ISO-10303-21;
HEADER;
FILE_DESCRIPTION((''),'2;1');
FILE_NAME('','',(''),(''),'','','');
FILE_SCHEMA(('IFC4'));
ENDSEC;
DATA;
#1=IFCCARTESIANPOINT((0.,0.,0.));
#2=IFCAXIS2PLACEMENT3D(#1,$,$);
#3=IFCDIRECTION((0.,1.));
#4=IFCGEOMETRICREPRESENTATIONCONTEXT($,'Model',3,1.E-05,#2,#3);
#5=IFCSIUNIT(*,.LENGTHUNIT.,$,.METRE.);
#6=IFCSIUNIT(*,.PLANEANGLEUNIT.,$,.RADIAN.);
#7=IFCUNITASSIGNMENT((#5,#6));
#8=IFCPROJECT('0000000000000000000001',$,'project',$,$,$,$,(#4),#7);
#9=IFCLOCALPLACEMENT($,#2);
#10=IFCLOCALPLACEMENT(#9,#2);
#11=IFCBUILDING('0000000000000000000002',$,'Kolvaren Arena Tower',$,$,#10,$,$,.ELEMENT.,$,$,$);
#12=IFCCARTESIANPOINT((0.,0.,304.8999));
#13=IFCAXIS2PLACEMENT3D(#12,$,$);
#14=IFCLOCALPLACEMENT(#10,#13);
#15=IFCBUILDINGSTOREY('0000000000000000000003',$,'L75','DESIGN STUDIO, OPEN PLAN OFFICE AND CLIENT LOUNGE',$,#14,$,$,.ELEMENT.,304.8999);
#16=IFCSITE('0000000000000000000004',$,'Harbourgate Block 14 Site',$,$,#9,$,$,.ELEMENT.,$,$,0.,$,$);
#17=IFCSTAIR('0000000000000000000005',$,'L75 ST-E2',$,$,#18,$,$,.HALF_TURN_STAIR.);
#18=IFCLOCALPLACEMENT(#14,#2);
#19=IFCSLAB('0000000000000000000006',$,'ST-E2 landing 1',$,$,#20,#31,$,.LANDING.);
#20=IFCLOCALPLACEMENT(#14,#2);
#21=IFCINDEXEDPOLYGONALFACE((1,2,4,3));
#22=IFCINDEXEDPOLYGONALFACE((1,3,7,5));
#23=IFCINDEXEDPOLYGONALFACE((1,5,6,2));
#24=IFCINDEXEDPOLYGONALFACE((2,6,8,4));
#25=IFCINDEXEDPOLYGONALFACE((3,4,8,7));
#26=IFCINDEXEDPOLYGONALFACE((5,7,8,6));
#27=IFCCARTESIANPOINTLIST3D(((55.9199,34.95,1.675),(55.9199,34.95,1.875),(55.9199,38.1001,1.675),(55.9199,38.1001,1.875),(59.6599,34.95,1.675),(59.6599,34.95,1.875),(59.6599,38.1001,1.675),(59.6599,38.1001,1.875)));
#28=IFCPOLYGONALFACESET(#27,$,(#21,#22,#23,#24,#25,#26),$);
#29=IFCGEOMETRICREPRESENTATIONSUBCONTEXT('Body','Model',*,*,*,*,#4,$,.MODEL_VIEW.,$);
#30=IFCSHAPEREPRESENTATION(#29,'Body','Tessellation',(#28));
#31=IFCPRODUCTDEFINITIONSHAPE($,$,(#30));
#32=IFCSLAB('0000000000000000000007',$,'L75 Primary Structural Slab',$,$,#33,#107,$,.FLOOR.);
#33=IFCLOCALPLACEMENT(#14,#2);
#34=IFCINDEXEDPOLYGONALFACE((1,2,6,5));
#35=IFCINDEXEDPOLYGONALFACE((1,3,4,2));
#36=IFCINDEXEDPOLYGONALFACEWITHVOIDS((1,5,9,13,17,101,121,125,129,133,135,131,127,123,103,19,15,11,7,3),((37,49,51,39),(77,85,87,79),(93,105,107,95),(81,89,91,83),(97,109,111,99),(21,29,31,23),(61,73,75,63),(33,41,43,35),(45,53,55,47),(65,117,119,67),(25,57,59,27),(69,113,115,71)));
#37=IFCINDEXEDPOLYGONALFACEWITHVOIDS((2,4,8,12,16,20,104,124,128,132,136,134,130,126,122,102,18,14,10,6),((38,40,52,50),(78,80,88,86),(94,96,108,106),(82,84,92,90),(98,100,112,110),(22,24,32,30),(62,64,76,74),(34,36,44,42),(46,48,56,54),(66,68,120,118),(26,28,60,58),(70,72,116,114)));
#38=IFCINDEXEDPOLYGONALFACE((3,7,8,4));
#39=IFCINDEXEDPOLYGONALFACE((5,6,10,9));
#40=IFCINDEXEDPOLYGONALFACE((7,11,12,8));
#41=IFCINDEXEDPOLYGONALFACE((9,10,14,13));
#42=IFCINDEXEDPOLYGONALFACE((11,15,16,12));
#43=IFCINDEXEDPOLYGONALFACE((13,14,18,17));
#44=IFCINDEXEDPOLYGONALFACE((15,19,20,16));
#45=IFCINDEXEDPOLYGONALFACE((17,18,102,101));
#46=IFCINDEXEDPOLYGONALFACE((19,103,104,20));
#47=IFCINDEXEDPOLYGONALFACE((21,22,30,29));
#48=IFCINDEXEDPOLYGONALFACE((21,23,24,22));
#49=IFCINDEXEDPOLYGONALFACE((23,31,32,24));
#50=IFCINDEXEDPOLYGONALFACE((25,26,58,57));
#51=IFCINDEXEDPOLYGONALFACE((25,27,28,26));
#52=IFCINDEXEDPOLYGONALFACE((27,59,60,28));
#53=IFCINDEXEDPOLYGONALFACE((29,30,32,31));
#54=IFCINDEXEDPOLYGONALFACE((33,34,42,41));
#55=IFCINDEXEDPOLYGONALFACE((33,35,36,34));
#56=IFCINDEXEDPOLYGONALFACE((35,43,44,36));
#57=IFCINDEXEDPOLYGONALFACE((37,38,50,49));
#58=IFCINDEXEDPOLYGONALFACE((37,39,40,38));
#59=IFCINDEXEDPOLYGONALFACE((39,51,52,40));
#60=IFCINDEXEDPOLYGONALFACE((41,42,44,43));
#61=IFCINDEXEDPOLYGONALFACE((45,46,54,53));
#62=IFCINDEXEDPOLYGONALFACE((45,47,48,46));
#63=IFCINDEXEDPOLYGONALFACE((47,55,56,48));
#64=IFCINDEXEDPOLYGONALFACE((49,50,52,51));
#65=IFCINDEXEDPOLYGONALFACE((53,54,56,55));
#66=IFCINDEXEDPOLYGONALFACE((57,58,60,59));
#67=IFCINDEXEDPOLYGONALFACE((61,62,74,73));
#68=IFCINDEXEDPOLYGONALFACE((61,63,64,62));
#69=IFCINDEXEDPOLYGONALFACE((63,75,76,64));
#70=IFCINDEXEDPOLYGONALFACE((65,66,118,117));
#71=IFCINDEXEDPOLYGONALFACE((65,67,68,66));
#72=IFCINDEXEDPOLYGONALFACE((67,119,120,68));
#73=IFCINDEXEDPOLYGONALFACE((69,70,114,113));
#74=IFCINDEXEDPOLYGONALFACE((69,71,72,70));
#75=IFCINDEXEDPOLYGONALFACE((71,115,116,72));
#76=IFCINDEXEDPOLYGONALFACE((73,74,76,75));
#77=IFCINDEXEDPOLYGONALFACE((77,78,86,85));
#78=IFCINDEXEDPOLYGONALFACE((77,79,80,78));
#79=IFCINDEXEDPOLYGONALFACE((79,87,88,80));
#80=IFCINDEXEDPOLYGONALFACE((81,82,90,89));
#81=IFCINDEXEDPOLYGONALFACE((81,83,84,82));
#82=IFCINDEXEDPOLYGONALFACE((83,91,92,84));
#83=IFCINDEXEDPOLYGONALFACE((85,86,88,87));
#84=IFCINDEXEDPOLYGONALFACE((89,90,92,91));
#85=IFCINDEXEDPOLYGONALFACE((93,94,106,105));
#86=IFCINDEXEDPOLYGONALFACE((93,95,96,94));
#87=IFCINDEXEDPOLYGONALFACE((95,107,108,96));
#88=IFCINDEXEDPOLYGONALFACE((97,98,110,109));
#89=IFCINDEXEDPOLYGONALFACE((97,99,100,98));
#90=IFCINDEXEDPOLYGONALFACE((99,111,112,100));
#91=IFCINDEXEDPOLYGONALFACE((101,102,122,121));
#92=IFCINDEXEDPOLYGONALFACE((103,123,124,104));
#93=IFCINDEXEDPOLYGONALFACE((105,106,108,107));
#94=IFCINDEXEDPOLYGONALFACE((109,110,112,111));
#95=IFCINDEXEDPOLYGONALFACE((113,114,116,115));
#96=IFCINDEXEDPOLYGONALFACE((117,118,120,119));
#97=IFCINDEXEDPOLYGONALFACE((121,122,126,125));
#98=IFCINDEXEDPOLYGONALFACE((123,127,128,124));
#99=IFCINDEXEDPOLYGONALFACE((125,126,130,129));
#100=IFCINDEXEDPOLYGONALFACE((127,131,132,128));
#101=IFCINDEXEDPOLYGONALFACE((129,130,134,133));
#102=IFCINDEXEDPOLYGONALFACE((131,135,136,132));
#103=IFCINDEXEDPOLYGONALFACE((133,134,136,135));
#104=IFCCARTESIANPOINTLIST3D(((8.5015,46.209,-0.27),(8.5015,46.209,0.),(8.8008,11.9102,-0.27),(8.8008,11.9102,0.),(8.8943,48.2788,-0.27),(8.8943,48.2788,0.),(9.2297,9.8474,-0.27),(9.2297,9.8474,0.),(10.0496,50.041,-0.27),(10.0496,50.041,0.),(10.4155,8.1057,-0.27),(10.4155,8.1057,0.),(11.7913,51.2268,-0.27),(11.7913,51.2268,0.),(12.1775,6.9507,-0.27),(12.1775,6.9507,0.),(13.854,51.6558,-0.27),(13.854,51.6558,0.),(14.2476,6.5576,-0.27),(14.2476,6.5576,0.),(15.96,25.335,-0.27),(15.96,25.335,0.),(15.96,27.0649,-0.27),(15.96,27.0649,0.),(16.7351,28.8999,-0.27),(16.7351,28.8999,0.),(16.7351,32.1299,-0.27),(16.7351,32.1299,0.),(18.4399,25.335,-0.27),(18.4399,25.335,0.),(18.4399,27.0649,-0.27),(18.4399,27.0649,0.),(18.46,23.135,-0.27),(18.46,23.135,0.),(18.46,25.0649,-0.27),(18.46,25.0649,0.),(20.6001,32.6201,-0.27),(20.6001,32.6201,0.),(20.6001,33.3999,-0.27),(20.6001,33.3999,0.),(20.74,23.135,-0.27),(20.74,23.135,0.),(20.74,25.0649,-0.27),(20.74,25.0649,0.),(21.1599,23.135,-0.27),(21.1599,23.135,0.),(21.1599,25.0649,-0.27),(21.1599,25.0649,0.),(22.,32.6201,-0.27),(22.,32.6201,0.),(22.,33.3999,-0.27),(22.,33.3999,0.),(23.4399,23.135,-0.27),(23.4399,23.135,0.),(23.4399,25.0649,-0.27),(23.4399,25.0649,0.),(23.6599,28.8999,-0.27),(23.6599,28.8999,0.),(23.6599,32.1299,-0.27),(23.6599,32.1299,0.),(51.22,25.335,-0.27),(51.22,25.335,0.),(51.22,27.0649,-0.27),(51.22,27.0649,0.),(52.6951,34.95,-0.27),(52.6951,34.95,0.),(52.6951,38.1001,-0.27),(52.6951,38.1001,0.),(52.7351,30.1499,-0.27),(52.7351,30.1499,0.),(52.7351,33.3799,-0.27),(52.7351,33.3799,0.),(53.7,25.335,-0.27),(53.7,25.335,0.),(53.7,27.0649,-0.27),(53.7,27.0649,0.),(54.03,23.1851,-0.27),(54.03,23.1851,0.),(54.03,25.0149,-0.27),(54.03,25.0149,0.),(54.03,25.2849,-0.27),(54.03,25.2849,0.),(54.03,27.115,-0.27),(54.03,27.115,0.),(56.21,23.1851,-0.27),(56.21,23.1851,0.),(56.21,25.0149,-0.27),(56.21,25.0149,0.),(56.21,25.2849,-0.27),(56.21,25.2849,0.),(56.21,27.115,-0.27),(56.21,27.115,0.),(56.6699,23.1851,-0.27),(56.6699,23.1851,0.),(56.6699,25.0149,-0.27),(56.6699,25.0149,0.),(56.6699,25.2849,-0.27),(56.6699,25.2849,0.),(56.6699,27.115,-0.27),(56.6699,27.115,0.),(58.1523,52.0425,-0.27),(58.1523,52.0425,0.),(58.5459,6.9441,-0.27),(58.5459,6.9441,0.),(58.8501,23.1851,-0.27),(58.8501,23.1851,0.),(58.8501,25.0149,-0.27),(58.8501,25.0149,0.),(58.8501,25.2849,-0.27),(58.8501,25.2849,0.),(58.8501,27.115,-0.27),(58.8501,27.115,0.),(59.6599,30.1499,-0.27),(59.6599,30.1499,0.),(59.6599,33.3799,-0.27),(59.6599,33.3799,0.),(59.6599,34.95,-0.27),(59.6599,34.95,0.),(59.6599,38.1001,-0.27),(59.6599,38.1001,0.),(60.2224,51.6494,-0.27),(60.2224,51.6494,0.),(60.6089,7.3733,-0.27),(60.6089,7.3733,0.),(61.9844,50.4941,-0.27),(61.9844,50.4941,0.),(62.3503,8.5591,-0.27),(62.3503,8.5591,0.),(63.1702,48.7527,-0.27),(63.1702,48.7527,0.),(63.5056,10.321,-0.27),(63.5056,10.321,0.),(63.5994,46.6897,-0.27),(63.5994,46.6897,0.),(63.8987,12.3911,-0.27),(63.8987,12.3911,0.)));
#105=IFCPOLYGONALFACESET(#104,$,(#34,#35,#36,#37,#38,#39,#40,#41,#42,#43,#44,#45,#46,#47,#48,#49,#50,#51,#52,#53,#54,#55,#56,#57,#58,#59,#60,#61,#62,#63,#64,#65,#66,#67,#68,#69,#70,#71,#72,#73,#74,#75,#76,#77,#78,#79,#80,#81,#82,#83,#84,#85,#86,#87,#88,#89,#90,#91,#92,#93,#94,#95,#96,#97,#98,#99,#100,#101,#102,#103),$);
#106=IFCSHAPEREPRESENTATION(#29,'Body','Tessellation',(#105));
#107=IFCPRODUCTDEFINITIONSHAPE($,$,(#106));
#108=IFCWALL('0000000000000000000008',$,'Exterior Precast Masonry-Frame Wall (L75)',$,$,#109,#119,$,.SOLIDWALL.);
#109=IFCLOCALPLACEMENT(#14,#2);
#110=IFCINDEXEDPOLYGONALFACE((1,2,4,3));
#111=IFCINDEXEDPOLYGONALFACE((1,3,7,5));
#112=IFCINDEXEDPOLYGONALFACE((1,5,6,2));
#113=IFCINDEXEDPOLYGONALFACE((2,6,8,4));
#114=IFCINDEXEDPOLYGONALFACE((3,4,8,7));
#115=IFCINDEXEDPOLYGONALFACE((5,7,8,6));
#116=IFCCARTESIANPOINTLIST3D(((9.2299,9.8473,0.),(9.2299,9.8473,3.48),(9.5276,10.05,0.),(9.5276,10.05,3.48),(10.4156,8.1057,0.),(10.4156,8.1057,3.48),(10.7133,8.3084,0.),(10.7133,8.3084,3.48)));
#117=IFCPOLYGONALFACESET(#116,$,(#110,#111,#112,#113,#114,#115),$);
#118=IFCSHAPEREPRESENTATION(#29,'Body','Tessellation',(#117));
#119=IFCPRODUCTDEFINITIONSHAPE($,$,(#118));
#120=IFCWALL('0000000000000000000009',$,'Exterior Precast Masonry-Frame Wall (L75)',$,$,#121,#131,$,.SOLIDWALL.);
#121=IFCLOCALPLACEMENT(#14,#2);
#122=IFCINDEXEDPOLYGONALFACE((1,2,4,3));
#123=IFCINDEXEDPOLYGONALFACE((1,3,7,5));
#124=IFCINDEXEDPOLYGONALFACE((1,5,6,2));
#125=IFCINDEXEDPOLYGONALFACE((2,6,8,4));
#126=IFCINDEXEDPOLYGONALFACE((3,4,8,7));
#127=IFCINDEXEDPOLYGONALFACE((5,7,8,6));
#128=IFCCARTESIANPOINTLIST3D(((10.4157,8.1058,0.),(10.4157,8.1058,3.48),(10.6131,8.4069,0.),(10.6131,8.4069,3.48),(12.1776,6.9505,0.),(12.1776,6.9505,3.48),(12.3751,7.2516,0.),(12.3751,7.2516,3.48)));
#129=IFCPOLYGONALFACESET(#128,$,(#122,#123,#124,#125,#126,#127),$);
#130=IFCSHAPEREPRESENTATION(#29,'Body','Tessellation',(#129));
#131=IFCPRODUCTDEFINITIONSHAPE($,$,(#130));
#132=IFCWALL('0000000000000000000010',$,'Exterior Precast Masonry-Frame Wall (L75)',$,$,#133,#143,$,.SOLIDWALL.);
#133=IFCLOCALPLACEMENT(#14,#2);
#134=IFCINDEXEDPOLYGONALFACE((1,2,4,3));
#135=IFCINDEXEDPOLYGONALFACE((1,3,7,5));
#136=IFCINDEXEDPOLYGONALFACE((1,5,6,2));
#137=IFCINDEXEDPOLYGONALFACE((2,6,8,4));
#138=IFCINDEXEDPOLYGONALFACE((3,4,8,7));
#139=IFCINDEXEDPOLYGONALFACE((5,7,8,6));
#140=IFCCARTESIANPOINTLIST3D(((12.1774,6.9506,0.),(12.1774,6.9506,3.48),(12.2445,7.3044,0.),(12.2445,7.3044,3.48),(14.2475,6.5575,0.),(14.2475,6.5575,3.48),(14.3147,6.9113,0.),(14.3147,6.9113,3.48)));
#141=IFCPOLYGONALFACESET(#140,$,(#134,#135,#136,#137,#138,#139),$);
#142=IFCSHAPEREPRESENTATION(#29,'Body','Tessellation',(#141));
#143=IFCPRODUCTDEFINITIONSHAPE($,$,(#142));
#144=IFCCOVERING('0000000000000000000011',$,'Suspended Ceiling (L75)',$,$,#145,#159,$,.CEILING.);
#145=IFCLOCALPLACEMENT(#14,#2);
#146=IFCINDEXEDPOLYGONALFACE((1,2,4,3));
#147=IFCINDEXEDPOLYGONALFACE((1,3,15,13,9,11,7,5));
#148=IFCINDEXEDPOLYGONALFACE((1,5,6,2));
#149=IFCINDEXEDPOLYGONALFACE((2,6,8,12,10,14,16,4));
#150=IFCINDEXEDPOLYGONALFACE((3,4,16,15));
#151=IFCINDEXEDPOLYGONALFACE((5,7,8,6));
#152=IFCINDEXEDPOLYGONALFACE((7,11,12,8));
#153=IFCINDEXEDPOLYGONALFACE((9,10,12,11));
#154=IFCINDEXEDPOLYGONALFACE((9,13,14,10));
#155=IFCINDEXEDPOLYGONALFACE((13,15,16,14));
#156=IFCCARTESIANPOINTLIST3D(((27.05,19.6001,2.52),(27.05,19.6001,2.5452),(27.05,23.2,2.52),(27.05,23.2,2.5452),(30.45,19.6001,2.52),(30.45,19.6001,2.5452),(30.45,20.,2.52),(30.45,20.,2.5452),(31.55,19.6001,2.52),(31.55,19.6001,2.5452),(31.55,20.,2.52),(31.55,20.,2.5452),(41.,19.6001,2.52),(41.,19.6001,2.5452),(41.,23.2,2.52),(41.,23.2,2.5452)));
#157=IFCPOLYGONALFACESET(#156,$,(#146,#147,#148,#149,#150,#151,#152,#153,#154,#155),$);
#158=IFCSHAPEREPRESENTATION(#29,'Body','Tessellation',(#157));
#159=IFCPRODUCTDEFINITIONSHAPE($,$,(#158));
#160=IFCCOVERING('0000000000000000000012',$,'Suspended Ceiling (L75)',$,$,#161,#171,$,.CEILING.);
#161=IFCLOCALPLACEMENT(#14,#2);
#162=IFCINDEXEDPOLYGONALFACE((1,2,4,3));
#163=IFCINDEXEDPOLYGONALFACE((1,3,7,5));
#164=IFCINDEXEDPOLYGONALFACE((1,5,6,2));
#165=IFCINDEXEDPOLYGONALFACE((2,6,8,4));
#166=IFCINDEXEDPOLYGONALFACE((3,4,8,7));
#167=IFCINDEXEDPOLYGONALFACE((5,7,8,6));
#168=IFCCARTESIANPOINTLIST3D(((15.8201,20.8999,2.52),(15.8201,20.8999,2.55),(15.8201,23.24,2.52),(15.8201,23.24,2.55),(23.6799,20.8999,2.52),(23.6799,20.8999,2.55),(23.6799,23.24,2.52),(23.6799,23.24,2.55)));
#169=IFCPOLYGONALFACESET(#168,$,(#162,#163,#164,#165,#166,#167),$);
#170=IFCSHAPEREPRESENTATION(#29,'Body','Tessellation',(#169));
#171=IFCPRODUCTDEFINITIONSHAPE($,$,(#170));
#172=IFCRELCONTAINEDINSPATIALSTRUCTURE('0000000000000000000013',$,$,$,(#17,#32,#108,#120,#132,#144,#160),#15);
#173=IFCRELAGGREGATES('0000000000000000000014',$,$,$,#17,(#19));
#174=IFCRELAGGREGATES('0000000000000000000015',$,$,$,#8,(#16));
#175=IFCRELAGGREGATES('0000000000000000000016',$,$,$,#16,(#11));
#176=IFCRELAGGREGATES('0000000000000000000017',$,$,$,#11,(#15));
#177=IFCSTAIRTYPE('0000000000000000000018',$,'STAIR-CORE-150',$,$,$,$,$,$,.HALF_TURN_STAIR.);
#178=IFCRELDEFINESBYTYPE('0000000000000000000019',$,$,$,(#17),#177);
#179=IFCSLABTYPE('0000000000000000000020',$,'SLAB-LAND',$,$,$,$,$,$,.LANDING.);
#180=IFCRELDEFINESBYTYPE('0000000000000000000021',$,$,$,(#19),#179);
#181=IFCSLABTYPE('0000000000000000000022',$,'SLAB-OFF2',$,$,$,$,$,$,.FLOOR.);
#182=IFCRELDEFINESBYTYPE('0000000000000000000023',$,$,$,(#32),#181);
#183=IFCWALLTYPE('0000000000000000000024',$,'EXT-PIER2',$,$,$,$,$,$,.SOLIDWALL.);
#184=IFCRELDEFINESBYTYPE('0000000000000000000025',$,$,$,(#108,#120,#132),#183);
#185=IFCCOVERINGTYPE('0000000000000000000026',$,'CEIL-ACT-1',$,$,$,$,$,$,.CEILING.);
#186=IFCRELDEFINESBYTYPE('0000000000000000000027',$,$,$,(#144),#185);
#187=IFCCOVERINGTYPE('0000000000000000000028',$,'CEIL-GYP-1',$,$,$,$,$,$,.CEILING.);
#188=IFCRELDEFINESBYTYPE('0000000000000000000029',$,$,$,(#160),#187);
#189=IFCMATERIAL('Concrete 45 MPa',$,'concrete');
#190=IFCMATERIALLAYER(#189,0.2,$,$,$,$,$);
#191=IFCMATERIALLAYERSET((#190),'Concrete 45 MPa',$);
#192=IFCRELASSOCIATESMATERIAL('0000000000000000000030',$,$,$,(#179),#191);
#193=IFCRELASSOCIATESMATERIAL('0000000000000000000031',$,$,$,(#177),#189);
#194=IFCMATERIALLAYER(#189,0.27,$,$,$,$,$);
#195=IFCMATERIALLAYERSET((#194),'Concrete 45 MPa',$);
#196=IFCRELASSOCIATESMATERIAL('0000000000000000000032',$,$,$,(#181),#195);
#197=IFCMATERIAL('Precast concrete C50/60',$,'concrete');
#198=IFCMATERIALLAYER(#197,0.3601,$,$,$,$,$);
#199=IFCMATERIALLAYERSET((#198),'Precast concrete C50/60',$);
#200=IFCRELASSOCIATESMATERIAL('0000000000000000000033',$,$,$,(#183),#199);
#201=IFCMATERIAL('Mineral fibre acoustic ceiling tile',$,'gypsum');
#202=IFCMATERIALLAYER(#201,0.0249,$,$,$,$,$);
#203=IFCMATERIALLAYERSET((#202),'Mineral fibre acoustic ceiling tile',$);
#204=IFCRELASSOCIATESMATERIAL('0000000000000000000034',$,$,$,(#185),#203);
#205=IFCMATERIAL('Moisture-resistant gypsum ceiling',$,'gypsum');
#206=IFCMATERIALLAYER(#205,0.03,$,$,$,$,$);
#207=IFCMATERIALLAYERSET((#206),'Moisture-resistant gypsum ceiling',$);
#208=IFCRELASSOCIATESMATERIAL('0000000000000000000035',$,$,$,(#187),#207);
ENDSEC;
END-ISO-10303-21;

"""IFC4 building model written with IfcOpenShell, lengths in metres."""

from ifc_helpers import new_model, si_unit, direction, frame, frame_2d, origin, place, context, subcontext, project, spatial, polyline, rectangle, outline, extrude, material, layer, layer_set, type_object, element, aggregate, save


model = new_model("IFC4")

# Units and contexts
model_context = context("Model", 3, precision=1e-05, world=origin(), true_north=direction((0.0, 1.0)))
body_context = subcontext(model_context, "Body", "Model", "MODEL_VIEW")
ifc_project = project(units=[si_unit("LENGTHUNIT", "METRE"), si_unit("PLANEANGLEUNIT", "RADIAN")], contexts=[model_context])

# Site, building, storey
site_placement = place(None, origin())
site = spatial("IfcSite", under=ifc_project, at=site_placement, Name="Harbourgate Block 14 Site", CompositionType="ELEMENT", RefElevation=0.0)
building_placement = place(site_placement, origin())
building = spatial("IfcBuilding", under=site, at=building_placement, Name="Kolvaren Arena Tower", CompositionType="ELEMENT")
storey_placement = place(building_placement, frame((0.0, 0.0, 304.8999)))
storey = spatial("IfcBuildingStorey", under=building, at=storey_placement, Name="L75", Description="DESIGN STUDIO, OPEN PLAN OFFICE AND CLIENT LOUNGE", CompositionType="ELEMENT", Elevation=304.8999)

# Shared definitions
ifc_material_1 = material(Name="Precast concrete C50/60", Category="concrete")

# Stair, slab
ifc_material_2 = material(Name="Concrete 45 MPa", Category="concrete")
ifc_layer_1 = layer(ifc_material_2, 0.2)
ifc_layer_set_1 = layer_set([ifc_layer_1], Name="Concrete 45 MPa")
slab_type_1 = type_object("IfcSlabType", Name="SLAB-LAND", PredefinedType="LANDING", material=ifc_layer_set_1)
stair_type_1 = type_object("IfcStairType", Name="STAIR-CORE-150", PredefinedType="HALF_TURN_STAIR", material=ifc_material_2)
stair_1_placement = place(storey_placement, origin())
stair_1 = element("IfcStair", 1, at=stair_1_placement, inside=storey, type_object=stair_type_1, Name="L75 ST-E2", PredefinedType="HALF_TURN_STAIR")
slab_1_placement = place(storey_placement, frame((0.0, 0.0, 1.675)))
slab_1 = element("IfcSlab", 2, at=slab_1_placement, type_object=slab_type_1, Name="ST-E2 landing 1", PredefinedType="LANDING", context=body_context, shape_type="SweptSolid", body=[
    extrude(outline(polyline([(55.9199, 34.95), (59.6599, 34.95), (59.6599, 38.1001), (55.9199, 38.1001), (55.9199, 34.95)])), origin(), (0.0, 0.0, 1.0), 0.2),
])
aggregate(stair_1, [slab_1])

# Slab
ifc_layer_2 = layer(ifc_material_2, 0.27)
ifc_layer_set_2 = layer_set([ifc_layer_2], Name="Concrete 45 MPa")
slab_type_2 = type_object("IfcSlabType", Name="SLAB-OFF2", PredefinedType="FLOOR", material=ifc_layer_set_2)
slab_2_placement = place(storey_placement, frame((0.0, 0.0, -0.27)))
element("IfcSlab", 3, at=slab_2_placement, inside=storey, type_object=slab_type_2, Name="L75 Primary Structural Slab", PredefinedType="FLOOR", context=body_context, shape_type="SweptSolid", body=[
    extrude(outline(polyline([(58.5459, 6.9441), (60.6089, 7.3733), (62.3503, 8.5591), (63.5056, 10.321), (63.8987, 12.3911), (63.5994, 46.6897), (63.1702, 48.7527), (61.9844, 50.4941), (60.2224, 51.6494), (58.1523, 52.0425), (13.854, 51.6558), (11.7913, 51.2268), (10.0496, 50.041), (8.8943, 48.2788), (8.5015, 46.209), (8.8008, 11.9102), (9.2297, 9.8474), (10.4155, 8.1057), (12.1775, 6.9507), (14.2476, 6.5576), (58.5459, 6.9441)]), holes=[polyline([(20.74, 23.135), (18.46, 23.135), (18.46, 25.0649), (20.74, 25.0649), (20.74, 23.135)]), polyline([(21.1599, 23.135), (21.1599, 25.0649), (23.4399, 25.0649), (23.4399, 23.135), (21.1599, 23.135)]), polyline([(56.21, 23.1851), (54.03, 23.1851), (54.03, 25.0149), (56.21, 25.0149), (56.21, 23.1851)]), polyline([(56.6699, 23.1851), (56.6699, 25.0149), (58.8501, 25.0149), (58.8501, 23.1851), (56.6699, 23.1851)]), polyline([(54.03, 25.2849), (54.03, 27.115), (56.21, 27.115), (56.21, 25.2849), (54.03, 25.2849)]), polyline([(58.8501, 25.2849), (56.6699, 25.2849), (56.6699, 27.115), (58.8501, 27.115), (58.8501, 25.2849)]), polyline([(15.96, 25.335), (15.96, 27.0649), (18.4399, 27.0649), (18.4399, 25.335), (15.96, 25.335)]), polyline([(53.7, 25.335), (51.22, 25.335), (51.22, 27.0649), (53.7, 27.0649), (53.7, 25.335)]), polyline([(16.7351, 28.8999), (16.7351, 32.1299), (23.6599, 32.1299), (23.6599, 28.8999), (16.7351, 28.8999)]), polyline([(52.7351, 30.1499), (52.7351, 33.3799), (59.6599, 33.3799), (59.6599, 30.1499), (52.7351, 30.1499)]), polyline([(20.6001, 32.6201), (20.6001, 33.3999), (22.0, 33.3999), (22.0, 32.6201), (20.6001, 32.6201)]), polyline([(52.6951, 34.95), (52.6951, 38.1001), (59.6599, 38.1001), (59.6599, 34.95), (52.6951, 34.95)])]), origin(), (0.0, 0.0, 1.0), 0.27),
])

# Walls
ifc_layer_3 = layer(ifc_material_1, 0.3601)
ifc_layer_set_3 = layer_set([ifc_layer_3], Name="Precast concrete C50/60")
wall_type = type_object("IfcWallType", Name="EXT-PIER2", PredefinedType="SOLIDWALL", material=ifc_layer_set_3)
for number, where, z_axis, x_axis, name in (
    (4, (10.5645, 8.207, 0.0), (0.0, 0.0, 1.0), (-0.562776, 0.82661, 0.0), "Exterior Precast Masonry-Frame Wall (L75)"),
    (5, (12.2764, 7.1011, 0.0), (0.0, 0.0, 1.0), (-0.836269, 0.54832, 0.0), "Exterior Precast Masonry-Frame Wall (L75)"),
):
    element("IfcWall", number, at=place(storey_placement, frame(where, z_axis=z_axis, x_axis=x_axis)), inside=storey, type_object=wall_type, Name=name, PredefinedType="SOLIDWALL", context=body_context, shape_type="SweptSolid", body=[
        extrude(rectangle(XDim=2.1069, YDim=0.3601, at=frame_2d((1.0535, 0.0))), origin(), (0.0, 0.0, 1.0), 3.48),
    ])
wall_placement = place(storey_placement, frame((14.2812, 6.7344, 0.0), z_axis=(0.0, 0.0, 1.0), x_axis=(-0.982446, 0.186548, 0.0)))
element("IfcWall", 6, at=wall_placement, inside=storey, type_object=wall_type, Name="Exterior Precast Masonry-Frame Wall (L75)", PredefinedType="SOLIDWALL", context=body_context, shape_type="SweptSolid", body=[
    extrude(rectangle(XDim=2.1072, YDim=0.3601, at=frame_2d((1.0537, 0.0))), origin(), (0.0, 0.0, 1.0), 3.48),
])

# Coverings
ifc_material_3 = material(Name="Mineral fibre acoustic ceiling tile", Category="gypsum")
ifc_layer_4 = layer(ifc_material_3, 0.0249)
ifc_layer_set_4 = layer_set([ifc_layer_4], Name="Mineral fibre acoustic ceiling tile")
covering_type_1 = type_object("IfcCoveringType", Name="CEIL-ACT-1", PredefinedType="CEILING", material=ifc_layer_set_4)
covering_1_placement = place(storey_placement, frame((0.0, 0.0, 2.52)))
element("IfcCovering", 7, at=covering_1_placement, inside=storey, type_object=covering_type_1, Name="Suspended Ceiling (L75)", PredefinedType="CEILING", context=body_context, shape_type="SweptSolid", body=[
    extrude(outline(polyline([(27.05, 19.6001), (27.05, 23.2), (41.0, 23.2), (41.0, 19.6001), (31.55, 19.6001), (31.55, 20.0), (30.45, 20.0), (30.45, 19.6001), (27.05, 19.6001)])), origin(), (0.0, 0.0, 1.0), 0.0251),
])
ifc_material_4 = material(Name="Moisture-resistant gypsum ceiling", Category="gypsum")
ifc_layer_5 = layer(ifc_material_4, 0.03)
ifc_layer_set_5 = layer_set([ifc_layer_5], Name="Moisture-resistant gypsum ceiling")
covering_type_2 = type_object("IfcCoveringType", Name="CEIL-GYP-1", PredefinedType="CEILING", material=ifc_layer_set_5)
covering_2_placement = place(storey_placement, frame((0.0, 0.0, 2.52)))
element("IfcCovering", 8, at=covering_2_placement, inside=storey, type_object=covering_type_2, Name="Suspended Ceiling (L75)", PredefinedType="CEILING", context=body_context, shape_type="SweptSolid", body=[
    extrude(outline(polyline([(15.8201, 20.8999), (15.8201, 23.24), (23.6799, 23.24), (23.6799, 20.8999), (15.8201, 20.8999)])), origin(), (0.0, 0.0, 1.0), 0.03),
])

save(model, "model.ifc")
